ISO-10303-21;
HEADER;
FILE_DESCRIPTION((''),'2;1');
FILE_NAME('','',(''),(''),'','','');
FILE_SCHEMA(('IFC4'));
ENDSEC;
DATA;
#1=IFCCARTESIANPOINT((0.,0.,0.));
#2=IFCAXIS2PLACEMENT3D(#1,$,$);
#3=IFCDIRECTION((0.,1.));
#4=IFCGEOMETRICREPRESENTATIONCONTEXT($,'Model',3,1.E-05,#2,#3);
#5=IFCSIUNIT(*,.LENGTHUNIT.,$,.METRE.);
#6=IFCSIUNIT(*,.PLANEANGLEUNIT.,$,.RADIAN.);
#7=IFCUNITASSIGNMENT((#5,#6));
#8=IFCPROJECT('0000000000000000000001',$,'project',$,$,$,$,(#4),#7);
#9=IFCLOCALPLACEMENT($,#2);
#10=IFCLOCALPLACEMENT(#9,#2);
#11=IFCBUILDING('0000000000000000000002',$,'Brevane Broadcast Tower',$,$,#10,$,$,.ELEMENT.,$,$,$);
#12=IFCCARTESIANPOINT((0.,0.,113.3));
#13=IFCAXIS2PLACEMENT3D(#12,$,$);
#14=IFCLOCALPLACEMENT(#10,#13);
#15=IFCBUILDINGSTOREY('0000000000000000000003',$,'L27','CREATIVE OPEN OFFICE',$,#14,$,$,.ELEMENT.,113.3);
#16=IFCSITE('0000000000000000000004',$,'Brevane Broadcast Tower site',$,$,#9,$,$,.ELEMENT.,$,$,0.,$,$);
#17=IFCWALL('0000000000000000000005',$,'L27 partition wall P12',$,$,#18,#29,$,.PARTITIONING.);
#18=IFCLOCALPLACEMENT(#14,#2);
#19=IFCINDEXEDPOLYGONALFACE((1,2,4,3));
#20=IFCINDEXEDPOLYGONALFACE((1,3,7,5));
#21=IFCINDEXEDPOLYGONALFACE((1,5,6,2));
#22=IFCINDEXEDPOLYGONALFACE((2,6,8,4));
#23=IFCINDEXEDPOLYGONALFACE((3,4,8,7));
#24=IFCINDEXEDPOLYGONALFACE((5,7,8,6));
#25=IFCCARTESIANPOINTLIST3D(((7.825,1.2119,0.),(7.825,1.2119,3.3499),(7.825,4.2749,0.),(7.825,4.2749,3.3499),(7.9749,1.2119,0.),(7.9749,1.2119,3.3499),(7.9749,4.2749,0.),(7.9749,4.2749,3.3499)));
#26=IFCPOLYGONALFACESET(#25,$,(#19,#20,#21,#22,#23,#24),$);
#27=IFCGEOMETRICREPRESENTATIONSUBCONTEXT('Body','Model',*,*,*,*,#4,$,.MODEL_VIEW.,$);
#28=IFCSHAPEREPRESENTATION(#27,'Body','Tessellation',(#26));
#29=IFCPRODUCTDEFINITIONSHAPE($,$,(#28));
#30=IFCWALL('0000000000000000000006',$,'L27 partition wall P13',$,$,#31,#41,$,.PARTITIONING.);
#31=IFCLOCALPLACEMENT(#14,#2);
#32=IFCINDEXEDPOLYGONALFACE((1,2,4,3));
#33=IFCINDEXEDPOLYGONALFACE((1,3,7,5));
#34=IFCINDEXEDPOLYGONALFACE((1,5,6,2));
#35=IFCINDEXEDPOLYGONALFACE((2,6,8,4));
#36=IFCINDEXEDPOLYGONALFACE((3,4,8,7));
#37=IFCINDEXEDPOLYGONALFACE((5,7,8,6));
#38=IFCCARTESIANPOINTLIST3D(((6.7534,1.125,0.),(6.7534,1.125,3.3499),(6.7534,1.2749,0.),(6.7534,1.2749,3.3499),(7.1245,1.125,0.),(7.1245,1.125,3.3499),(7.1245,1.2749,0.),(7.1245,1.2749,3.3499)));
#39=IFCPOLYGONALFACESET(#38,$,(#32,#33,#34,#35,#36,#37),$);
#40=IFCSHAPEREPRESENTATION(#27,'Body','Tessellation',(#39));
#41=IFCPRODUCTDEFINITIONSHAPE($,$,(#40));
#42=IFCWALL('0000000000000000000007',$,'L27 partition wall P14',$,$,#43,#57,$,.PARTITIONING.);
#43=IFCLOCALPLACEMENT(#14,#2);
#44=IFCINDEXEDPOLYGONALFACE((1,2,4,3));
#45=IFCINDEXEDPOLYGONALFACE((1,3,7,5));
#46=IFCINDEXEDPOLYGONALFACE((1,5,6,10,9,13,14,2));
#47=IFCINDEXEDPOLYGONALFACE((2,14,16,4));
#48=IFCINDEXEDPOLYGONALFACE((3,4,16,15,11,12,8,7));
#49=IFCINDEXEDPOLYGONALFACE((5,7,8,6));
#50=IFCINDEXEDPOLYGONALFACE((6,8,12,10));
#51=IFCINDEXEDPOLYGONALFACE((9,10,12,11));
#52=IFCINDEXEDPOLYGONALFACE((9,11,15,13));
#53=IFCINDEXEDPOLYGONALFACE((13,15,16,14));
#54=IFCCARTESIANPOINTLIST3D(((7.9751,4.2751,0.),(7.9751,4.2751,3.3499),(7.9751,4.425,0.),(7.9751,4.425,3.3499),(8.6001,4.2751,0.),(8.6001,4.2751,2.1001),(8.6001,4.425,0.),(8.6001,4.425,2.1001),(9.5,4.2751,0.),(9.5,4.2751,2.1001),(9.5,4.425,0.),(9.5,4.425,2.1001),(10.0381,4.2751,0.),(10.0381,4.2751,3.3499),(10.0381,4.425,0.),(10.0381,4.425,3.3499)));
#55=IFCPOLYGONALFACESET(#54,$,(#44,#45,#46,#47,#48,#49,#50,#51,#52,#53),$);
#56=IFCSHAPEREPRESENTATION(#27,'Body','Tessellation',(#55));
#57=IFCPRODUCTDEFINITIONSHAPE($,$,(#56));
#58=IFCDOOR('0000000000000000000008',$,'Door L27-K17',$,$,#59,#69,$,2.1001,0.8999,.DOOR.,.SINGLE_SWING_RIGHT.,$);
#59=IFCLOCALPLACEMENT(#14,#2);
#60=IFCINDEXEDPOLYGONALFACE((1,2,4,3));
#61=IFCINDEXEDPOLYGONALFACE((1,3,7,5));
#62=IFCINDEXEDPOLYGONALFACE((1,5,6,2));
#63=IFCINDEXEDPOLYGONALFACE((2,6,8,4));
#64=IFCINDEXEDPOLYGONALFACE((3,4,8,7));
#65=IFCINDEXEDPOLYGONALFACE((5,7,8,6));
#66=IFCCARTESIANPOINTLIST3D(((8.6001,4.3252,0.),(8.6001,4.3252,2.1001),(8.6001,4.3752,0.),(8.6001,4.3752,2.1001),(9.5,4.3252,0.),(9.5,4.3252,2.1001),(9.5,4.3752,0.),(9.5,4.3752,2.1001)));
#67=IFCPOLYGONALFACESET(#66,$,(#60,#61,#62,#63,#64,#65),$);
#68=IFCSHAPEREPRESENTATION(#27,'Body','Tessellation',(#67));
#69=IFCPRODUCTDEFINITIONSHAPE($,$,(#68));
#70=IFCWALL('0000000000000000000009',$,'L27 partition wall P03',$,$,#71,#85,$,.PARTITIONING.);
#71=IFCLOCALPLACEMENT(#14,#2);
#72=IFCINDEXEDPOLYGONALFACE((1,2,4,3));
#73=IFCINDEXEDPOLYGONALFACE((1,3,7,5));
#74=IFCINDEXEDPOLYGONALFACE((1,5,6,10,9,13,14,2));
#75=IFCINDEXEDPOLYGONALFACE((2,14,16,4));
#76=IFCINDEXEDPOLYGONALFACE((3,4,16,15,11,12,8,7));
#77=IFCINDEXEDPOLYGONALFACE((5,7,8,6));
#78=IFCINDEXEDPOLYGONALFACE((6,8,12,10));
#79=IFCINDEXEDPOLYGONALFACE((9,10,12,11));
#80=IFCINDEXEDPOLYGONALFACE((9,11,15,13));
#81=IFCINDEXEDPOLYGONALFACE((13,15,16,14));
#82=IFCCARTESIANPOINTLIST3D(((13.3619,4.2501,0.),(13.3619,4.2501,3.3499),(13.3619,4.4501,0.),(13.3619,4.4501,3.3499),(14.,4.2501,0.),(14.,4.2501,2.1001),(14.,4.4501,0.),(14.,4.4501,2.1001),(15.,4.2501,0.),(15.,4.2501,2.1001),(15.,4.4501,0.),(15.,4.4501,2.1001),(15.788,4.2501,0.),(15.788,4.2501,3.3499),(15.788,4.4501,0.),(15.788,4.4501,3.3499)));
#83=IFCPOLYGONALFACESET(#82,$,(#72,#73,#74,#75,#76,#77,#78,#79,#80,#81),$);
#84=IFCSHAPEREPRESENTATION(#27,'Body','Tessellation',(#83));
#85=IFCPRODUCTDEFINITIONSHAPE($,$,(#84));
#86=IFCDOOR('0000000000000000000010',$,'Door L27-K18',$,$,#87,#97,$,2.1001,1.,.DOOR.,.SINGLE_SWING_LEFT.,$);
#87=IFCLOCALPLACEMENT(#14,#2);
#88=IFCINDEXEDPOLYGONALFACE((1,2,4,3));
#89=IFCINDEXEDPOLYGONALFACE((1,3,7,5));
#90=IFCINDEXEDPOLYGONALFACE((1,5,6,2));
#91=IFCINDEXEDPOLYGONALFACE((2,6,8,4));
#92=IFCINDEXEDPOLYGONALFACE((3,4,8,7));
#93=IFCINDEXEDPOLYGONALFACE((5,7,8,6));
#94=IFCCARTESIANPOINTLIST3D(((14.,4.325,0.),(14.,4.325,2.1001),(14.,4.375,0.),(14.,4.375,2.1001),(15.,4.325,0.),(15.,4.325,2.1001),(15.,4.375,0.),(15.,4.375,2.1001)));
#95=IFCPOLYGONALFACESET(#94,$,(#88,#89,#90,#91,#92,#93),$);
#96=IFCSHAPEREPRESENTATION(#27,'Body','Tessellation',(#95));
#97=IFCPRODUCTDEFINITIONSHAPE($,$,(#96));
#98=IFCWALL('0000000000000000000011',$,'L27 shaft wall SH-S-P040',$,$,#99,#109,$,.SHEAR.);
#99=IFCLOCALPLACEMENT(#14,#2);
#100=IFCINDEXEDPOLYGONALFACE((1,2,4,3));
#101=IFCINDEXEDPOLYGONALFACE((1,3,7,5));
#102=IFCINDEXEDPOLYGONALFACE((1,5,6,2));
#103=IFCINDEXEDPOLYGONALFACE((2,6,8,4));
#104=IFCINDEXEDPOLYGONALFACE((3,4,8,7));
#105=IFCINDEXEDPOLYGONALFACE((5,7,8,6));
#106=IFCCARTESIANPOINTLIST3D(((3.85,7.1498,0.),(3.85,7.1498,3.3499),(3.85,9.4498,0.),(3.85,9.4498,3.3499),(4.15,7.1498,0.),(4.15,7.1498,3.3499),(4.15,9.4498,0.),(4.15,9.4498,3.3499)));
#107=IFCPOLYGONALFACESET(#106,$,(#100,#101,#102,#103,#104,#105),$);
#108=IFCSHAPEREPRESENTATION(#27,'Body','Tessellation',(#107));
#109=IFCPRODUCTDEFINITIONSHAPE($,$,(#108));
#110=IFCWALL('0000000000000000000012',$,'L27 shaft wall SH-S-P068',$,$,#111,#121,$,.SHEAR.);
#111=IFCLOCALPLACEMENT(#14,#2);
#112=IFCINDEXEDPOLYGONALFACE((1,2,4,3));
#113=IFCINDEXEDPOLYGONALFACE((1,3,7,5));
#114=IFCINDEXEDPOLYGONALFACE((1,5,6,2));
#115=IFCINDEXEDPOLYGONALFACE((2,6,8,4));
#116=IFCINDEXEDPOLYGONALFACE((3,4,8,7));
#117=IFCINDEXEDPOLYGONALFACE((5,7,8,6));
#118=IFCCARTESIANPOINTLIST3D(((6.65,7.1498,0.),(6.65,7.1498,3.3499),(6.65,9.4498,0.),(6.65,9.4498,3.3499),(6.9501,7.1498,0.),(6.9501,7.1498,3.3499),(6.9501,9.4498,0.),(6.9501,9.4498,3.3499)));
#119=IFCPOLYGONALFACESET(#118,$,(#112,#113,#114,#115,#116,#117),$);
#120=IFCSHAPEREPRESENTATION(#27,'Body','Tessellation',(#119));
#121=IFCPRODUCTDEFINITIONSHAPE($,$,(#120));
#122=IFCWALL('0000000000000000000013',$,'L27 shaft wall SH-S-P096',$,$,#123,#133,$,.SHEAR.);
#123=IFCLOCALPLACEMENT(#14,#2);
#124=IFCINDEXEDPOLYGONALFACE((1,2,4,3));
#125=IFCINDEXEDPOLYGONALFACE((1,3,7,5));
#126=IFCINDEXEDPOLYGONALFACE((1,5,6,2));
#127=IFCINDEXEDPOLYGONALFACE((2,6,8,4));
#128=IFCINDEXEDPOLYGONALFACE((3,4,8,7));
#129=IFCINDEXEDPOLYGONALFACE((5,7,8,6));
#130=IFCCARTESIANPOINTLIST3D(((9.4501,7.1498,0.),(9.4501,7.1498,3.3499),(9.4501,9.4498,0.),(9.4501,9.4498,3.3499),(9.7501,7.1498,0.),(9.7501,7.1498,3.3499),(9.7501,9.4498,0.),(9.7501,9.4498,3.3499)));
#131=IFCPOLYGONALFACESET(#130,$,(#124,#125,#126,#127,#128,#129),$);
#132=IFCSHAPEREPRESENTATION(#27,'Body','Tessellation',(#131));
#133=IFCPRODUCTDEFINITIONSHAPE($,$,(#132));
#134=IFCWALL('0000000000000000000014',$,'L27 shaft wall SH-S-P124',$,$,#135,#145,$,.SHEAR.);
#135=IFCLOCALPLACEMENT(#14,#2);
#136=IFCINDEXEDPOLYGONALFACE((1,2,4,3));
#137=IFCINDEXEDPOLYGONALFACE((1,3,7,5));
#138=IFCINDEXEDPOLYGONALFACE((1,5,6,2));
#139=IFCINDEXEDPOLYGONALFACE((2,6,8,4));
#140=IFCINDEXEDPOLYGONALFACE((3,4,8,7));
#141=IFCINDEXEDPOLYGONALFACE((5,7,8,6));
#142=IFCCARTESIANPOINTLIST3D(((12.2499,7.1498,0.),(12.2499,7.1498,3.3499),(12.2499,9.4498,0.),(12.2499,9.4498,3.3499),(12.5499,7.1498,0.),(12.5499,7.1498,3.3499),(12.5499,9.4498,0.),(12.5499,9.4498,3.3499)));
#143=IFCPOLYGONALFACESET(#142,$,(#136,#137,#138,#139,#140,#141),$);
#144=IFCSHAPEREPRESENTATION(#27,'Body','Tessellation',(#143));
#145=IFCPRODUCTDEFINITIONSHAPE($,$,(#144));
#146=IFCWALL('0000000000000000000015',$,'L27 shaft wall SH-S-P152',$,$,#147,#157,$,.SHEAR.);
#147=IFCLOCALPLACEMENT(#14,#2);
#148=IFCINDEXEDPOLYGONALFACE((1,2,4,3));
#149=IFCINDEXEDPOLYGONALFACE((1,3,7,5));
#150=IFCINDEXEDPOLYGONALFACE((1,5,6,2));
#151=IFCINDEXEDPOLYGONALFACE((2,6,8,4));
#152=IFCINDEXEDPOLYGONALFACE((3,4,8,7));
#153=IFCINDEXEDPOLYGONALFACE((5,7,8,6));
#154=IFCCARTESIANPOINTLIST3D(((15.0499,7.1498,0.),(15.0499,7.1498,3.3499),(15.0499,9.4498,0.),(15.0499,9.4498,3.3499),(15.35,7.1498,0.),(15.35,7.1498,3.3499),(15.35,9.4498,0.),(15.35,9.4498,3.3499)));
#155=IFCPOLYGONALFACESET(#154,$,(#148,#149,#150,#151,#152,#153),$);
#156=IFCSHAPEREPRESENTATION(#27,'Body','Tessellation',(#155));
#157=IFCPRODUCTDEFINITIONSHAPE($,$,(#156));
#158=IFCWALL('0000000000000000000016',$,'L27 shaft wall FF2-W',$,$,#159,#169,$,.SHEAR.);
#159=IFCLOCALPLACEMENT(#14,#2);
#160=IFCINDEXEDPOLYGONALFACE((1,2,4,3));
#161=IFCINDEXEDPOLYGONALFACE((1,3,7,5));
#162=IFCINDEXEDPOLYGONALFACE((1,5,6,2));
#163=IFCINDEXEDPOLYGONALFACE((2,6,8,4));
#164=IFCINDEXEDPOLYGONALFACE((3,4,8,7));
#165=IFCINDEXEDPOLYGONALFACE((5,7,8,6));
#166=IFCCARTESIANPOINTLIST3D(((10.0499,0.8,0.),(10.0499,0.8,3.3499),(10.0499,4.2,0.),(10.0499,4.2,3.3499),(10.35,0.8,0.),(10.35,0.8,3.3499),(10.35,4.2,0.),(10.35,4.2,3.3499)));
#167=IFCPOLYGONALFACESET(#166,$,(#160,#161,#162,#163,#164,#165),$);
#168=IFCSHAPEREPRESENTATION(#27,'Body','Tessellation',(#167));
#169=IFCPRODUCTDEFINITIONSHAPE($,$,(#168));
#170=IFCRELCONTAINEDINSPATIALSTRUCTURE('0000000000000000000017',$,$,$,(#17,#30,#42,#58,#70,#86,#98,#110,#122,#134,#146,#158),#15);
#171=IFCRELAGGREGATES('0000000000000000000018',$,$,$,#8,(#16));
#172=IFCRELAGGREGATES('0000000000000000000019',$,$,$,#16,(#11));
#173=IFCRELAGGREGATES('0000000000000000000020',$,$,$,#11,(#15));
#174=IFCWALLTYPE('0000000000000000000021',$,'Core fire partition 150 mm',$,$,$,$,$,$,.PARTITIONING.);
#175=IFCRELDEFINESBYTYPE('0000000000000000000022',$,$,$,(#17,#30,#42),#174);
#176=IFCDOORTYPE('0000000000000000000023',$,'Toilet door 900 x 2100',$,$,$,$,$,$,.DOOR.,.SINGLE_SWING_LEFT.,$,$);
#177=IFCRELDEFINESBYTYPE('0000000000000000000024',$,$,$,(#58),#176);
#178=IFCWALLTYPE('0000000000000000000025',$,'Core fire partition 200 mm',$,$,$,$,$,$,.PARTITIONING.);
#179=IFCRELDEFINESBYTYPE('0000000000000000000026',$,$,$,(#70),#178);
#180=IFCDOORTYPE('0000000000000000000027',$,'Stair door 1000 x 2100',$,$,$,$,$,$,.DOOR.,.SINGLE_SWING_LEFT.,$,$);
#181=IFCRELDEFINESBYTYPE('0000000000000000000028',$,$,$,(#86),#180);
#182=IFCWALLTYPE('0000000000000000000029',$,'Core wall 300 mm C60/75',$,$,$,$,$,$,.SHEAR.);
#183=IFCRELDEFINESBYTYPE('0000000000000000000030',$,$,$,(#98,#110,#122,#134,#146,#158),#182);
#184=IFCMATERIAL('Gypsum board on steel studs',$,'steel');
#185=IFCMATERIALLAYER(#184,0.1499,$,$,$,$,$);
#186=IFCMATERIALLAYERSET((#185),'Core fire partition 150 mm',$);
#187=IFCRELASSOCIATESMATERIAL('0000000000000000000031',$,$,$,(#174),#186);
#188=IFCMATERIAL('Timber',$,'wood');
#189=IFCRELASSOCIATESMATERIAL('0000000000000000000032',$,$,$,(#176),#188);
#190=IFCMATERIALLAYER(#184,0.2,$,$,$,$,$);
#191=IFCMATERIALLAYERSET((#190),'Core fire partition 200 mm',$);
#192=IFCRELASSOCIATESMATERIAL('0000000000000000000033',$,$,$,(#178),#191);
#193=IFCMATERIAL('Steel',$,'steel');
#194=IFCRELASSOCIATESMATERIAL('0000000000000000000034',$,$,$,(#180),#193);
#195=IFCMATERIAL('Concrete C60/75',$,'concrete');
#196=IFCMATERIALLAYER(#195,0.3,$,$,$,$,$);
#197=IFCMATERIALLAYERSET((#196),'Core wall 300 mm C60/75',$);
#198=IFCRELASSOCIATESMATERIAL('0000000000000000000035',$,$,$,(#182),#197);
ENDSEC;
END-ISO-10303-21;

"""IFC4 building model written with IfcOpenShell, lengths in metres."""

from ifc_helpers import new_model, si_unit, direction, frame, frame_2d, origin, place, context, subcontext, project, spatial, rectangle, extrude, material, layer, layer_set, type_object, element, fill, save


model = new_model("IFC4")

# Units and contexts
model_context = context("Model", 3, precision=1e-05, world=origin(), true_north=direction((0.0, 1.0)))
body_context = subcontext(model_context, "Body", "Model", "MODEL_VIEW")
ifc_project = project(units=[si_unit("LENGTHUNIT", "METRE"), si_unit("PLANEANGLEUNIT", "RADIAN")], contexts=[model_context])

# Site, building, storey
site_placement = place(None, origin())
site = spatial("IfcSite", under=ifc_project, at=site_placement, Name="Brevane Broadcast Tower site", CompositionType="ELEMENT", RefElevation=0.0)
building_placement = place(site_placement, origin())
building = spatial("IfcBuilding", under=site, at=building_placement, Name="Brevane Broadcast Tower", CompositionType="ELEMENT")
storey_placement = place(building_placement, frame((0.0, 0.0, 113.3)))
storey = spatial("IfcBuildingStorey", under=building, at=storey_placement, Name="L27", Description="CREATIVE OPEN OFFICE", CompositionType="ELEMENT", Elevation=113.3)

# Shared definitions
ifc_material_1 = material(Name="Gypsum board on steel studs", Category="steel")
ifc_layer_1 = layer(ifc_material_1, 0.1499)
ifc_layer_set_1 = layer_set([ifc_layer_1], Name="Core fire partition 150 mm")
wall_type_1 = type_object("IfcWallType", Name="Core fire partition 150 mm", PredefinedType="PARTITIONING", material=ifc_layer_set_1)

# Shared definitions
ifc_material_2 = material(Name="Timber", Category="wood")
door_type_1 = type_object("IfcDoorType", Name="Toilet door 900 x 2100", OperationType="SINGLE_SWING_LEFT", PredefinedType="DOOR", material=ifc_material_2)

# Walls
wall_1_placement = place(storey_placement, frame((7.8999, 4.2749, 0.0), z_axis=(0.0, 0.0, 1.0), x_axis=(0.0, -1.0, 0.0)))
element("IfcWall", 1, at=wall_1_placement, inside=storey, type_object=wall_type_1, Name="L27 partition wall P12", PredefinedType="PARTITIONING", context=body_context, shape_type="SweptSolid", body=[
    extrude(rectangle(XDim=3.063, YDim=0.1499, at=frame_2d((1.5315, 0.0))), origin(), (0.0, 0.0, 1.0), 3.3499),
])
wall_2_placement = place(storey_placement, frame((7.1245, 1.2, 0.0), z_axis=(0.0, 0.0, 1.0), x_axis=(-1.0, 0.0, 0.0)))
element("IfcWall", 2, at=wall_2_placement, inside=storey, type_object=wall_type_1, Name="L27 partition wall P13", PredefinedType="PARTITIONING", context=body_context, shape_type="SweptSolid", body=[
    extrude(rectangle(XDim=0.3711, YDim=0.1499, at=frame_2d((0.1855, 0.0))), origin(), (0.0, 0.0, 1.0), 3.3499),
])

# Walls, openings, doors
wall_3_placement = place(storey_placement, frame((10.0381, 4.3501, 0.0), z_axis=(0.0, 0.0, 1.0), x_axis=(-1.0, 0.0, 0.0)))
wall_3 = element("IfcWall", 3, at=wall_3_placement, inside=storey, type_object=wall_type_1, Name="L27 partition wall P14", PredefinedType="PARTITIONING", context=body_context, shape_type="SweptSolid", body=[
    extrude(rectangle(XDim=2.063, YDim=0.1499, at=frame_2d((1.0315, 0.0))), origin(), (0.0, 0.0, 1.0), 3.3499),
])
opening_1_placement = place(wall_3_placement, frame((0.5381, 0.0, 0.0)))
opening_1 = element("IfcOpeningElement", 4, at=opening_1_placement, cuts=wall_3, PredefinedType="OPENING", context=body_context, shape_type="SweptSolid", body=[
    extrude(rectangle(XDim=0.8999, YDim=2.1001, at=frame_2d((0.45, 1.05))), frame((0.0, 0.085, 0.0), z_axis=(0.0, -1.0, 0.0), x_axis=(1.0, 0.0, 0.0)), (0.0, 0.0, 1.0), 0.1699),
])
door_1_placement = place(opening_1_placement, origin())
door_1 = element("IfcDoor", 5, at=door_1_placement, inside=storey, type_object=door_type_1, Name="Door L27-K17", OperationType="SINGLE_SWING_RIGHT", OverallHeight=2.1001, OverallWidth=0.8999, PredefinedType="DOOR", context=body_context, shape_type="SweptSolid", body=[
    extrude(rectangle(XDim=0.8999, YDim=2.1001, at=frame_2d((0.45, 1.05))), frame((0.0, 0.0249, 0.0), z_axis=(0.0, -1.0, 0.0), x_axis=(1.0, 0.0, 0.0)), (0.0, 0.0, 1.0), 0.05),
])
fill(opening_1, door_1)
ifc_layer_2 = layer(ifc_material_1, 0.2)
ifc_layer_set_2 = layer_set([ifc_layer_2], Name="Core fire partition 200 mm")
wall_type_2 = type_object("IfcWallType", Name="Core fire partition 200 mm", PredefinedType="PARTITIONING", material=ifc_layer_set_2)
wall_4_placement = place(storey_placement, frame((13.3621, 4.3501, 0.0), z_axis=(0.0, 0.0, 1.0), x_axis=(1.0, 0.0, 0.0)))
wall_4 = element("IfcWall", 6, at=wall_4_placement, inside=storey, type_object=wall_type_2, Name="L27 partition wall P03", PredefinedType="PARTITIONING", context=body_context, shape_type="SweptSolid", body=[
    extrude(rectangle(XDim=2.426, YDim=0.2, at=frame_2d((1.2129, 0.0))), origin(), (0.0, 0.0, 1.0), 3.3499),
])
opening_2_placement = place(wall_4_placement, frame((0.6379, 0.0, 0.0)))
opening_2 = element("IfcOpeningElement", 7, at=opening_2_placement, cuts=wall_4, PredefinedType="OPENING", context=body_context, shape_type="SweptSolid", body=[
    extrude(rectangle(XDim=1.0, YDim=2.1001, at=frame_2d((0.5, 1.05))), frame((0.0, 0.1099, 0.0), z_axis=(0.0, -1.0, 0.0), x_axis=(1.0, 0.0, 0.0)), (0.0, 0.0, 1.0), 0.22),
])
ifc_material_3 = material(Name="Steel", Category="steel")
door_type_2 = type_object("IfcDoorType", Name="Stair door 1000 x 2100", OperationType="SINGLE_SWING_LEFT", PredefinedType="DOOR", material=ifc_material_3)
door_2_placement = place(opening_2_placement, origin())
door_2 = element("IfcDoor", 8, at=door_2_placement, inside=storey, type_object=door_type_2, Name="Door L27-K18", OperationType="SINGLE_SWING_LEFT", OverallHeight=2.1001, OverallWidth=1.0, PredefinedType="DOOR", context=body_context, shape_type="SweptSolid", body=[
    extrude(rectangle(XDim=1.0, YDim=2.1001, at=frame_2d((0.5, 1.05))), frame((0.0, 0.0249, 0.0), z_axis=(0.0, -1.0, 0.0), x_axis=(1.0, 0.0, 0.0)), (0.0, 0.0, 1.0), 0.05),
])
fill(opening_2, door_2)

# Walls
ifc_material_4 = material(Name="Concrete C60/75", Category="concrete")
ifc_layer_3 = layer(ifc_material_4, 0.3)
ifc_layer_set_3 = layer_set([ifc_layer_3], Name="Core wall 300 mm C60/75")
wall_type_3 = type_object("IfcWallType", Name="Core wall 300 mm C60/75", PredefinedType="SHEAR", material=ifc_layer_set_3)
for number, where, z_axis, x_axis, name in (
    (9, (4.0, 7.1499, 0.0), (0.0, 0.0, 1.0), (0.0, 1.0, 0.0), "L27 shaft wall SH-S-P040"),
    (10, (6.8, 7.1499, 0.0), (0.0, 0.0, 1.0), (0.0, 1.0, 0.0), "L27 shaft wall SH-S-P068"),
    (11, (9.6001, 7.1499, 0.0), (0.0, 0.0, 1.0), (0.0, 1.0, 0.0), "L27 shaft wall SH-S-P096"),
    (12, (12.3999, 7.1499, 0.0), (0.0, 0.0, 1.0), (0.0, 1.0, 0.0), "L27 shaft wall SH-S-P124"),
    (13, (15.2, 7.1499, 0.0), (0.0, 0.0, 1.0), (0.0, 1.0, 0.0), "L27 shaft wall SH-S-P152"),
):
    element("IfcWall", number, at=place(storey_placement, frame(where, z_axis=z_axis, x_axis=x_axis)), inside=storey, type_object=wall_type_3, Name=name, PredefinedType="SHEAR", context=body_context, shape_type="SweptSolid", body=[
        extrude(rectangle(XDim=2.3, YDim=0.3, at=frame_2d((1.1499, 0.0))), origin(), (0.0, 0.0, 1.0), 3.3499),
    ])
wall_5_placement = place(storey_placement, frame((10.2, 0.8, 0.0), z_axis=(0.0, 0.0, 1.0), x_axis=(0.0, 1.0, 0.0)))
element("IfcWall", 14, at=wall_5_placement, inside=storey, type_object=wall_type_3, Name="L27 shaft wall FF2-W", PredefinedType="SHEAR", context=body_context, shape_type="SweptSolid", body=[
    extrude(rectangle(XDim=3.3999, YDim=0.3, at=frame_2d((1.7, 0.0))), origin(), (0.0, 0.0, 1.0), 3.3499),
])

save(model, "model.ifc")
